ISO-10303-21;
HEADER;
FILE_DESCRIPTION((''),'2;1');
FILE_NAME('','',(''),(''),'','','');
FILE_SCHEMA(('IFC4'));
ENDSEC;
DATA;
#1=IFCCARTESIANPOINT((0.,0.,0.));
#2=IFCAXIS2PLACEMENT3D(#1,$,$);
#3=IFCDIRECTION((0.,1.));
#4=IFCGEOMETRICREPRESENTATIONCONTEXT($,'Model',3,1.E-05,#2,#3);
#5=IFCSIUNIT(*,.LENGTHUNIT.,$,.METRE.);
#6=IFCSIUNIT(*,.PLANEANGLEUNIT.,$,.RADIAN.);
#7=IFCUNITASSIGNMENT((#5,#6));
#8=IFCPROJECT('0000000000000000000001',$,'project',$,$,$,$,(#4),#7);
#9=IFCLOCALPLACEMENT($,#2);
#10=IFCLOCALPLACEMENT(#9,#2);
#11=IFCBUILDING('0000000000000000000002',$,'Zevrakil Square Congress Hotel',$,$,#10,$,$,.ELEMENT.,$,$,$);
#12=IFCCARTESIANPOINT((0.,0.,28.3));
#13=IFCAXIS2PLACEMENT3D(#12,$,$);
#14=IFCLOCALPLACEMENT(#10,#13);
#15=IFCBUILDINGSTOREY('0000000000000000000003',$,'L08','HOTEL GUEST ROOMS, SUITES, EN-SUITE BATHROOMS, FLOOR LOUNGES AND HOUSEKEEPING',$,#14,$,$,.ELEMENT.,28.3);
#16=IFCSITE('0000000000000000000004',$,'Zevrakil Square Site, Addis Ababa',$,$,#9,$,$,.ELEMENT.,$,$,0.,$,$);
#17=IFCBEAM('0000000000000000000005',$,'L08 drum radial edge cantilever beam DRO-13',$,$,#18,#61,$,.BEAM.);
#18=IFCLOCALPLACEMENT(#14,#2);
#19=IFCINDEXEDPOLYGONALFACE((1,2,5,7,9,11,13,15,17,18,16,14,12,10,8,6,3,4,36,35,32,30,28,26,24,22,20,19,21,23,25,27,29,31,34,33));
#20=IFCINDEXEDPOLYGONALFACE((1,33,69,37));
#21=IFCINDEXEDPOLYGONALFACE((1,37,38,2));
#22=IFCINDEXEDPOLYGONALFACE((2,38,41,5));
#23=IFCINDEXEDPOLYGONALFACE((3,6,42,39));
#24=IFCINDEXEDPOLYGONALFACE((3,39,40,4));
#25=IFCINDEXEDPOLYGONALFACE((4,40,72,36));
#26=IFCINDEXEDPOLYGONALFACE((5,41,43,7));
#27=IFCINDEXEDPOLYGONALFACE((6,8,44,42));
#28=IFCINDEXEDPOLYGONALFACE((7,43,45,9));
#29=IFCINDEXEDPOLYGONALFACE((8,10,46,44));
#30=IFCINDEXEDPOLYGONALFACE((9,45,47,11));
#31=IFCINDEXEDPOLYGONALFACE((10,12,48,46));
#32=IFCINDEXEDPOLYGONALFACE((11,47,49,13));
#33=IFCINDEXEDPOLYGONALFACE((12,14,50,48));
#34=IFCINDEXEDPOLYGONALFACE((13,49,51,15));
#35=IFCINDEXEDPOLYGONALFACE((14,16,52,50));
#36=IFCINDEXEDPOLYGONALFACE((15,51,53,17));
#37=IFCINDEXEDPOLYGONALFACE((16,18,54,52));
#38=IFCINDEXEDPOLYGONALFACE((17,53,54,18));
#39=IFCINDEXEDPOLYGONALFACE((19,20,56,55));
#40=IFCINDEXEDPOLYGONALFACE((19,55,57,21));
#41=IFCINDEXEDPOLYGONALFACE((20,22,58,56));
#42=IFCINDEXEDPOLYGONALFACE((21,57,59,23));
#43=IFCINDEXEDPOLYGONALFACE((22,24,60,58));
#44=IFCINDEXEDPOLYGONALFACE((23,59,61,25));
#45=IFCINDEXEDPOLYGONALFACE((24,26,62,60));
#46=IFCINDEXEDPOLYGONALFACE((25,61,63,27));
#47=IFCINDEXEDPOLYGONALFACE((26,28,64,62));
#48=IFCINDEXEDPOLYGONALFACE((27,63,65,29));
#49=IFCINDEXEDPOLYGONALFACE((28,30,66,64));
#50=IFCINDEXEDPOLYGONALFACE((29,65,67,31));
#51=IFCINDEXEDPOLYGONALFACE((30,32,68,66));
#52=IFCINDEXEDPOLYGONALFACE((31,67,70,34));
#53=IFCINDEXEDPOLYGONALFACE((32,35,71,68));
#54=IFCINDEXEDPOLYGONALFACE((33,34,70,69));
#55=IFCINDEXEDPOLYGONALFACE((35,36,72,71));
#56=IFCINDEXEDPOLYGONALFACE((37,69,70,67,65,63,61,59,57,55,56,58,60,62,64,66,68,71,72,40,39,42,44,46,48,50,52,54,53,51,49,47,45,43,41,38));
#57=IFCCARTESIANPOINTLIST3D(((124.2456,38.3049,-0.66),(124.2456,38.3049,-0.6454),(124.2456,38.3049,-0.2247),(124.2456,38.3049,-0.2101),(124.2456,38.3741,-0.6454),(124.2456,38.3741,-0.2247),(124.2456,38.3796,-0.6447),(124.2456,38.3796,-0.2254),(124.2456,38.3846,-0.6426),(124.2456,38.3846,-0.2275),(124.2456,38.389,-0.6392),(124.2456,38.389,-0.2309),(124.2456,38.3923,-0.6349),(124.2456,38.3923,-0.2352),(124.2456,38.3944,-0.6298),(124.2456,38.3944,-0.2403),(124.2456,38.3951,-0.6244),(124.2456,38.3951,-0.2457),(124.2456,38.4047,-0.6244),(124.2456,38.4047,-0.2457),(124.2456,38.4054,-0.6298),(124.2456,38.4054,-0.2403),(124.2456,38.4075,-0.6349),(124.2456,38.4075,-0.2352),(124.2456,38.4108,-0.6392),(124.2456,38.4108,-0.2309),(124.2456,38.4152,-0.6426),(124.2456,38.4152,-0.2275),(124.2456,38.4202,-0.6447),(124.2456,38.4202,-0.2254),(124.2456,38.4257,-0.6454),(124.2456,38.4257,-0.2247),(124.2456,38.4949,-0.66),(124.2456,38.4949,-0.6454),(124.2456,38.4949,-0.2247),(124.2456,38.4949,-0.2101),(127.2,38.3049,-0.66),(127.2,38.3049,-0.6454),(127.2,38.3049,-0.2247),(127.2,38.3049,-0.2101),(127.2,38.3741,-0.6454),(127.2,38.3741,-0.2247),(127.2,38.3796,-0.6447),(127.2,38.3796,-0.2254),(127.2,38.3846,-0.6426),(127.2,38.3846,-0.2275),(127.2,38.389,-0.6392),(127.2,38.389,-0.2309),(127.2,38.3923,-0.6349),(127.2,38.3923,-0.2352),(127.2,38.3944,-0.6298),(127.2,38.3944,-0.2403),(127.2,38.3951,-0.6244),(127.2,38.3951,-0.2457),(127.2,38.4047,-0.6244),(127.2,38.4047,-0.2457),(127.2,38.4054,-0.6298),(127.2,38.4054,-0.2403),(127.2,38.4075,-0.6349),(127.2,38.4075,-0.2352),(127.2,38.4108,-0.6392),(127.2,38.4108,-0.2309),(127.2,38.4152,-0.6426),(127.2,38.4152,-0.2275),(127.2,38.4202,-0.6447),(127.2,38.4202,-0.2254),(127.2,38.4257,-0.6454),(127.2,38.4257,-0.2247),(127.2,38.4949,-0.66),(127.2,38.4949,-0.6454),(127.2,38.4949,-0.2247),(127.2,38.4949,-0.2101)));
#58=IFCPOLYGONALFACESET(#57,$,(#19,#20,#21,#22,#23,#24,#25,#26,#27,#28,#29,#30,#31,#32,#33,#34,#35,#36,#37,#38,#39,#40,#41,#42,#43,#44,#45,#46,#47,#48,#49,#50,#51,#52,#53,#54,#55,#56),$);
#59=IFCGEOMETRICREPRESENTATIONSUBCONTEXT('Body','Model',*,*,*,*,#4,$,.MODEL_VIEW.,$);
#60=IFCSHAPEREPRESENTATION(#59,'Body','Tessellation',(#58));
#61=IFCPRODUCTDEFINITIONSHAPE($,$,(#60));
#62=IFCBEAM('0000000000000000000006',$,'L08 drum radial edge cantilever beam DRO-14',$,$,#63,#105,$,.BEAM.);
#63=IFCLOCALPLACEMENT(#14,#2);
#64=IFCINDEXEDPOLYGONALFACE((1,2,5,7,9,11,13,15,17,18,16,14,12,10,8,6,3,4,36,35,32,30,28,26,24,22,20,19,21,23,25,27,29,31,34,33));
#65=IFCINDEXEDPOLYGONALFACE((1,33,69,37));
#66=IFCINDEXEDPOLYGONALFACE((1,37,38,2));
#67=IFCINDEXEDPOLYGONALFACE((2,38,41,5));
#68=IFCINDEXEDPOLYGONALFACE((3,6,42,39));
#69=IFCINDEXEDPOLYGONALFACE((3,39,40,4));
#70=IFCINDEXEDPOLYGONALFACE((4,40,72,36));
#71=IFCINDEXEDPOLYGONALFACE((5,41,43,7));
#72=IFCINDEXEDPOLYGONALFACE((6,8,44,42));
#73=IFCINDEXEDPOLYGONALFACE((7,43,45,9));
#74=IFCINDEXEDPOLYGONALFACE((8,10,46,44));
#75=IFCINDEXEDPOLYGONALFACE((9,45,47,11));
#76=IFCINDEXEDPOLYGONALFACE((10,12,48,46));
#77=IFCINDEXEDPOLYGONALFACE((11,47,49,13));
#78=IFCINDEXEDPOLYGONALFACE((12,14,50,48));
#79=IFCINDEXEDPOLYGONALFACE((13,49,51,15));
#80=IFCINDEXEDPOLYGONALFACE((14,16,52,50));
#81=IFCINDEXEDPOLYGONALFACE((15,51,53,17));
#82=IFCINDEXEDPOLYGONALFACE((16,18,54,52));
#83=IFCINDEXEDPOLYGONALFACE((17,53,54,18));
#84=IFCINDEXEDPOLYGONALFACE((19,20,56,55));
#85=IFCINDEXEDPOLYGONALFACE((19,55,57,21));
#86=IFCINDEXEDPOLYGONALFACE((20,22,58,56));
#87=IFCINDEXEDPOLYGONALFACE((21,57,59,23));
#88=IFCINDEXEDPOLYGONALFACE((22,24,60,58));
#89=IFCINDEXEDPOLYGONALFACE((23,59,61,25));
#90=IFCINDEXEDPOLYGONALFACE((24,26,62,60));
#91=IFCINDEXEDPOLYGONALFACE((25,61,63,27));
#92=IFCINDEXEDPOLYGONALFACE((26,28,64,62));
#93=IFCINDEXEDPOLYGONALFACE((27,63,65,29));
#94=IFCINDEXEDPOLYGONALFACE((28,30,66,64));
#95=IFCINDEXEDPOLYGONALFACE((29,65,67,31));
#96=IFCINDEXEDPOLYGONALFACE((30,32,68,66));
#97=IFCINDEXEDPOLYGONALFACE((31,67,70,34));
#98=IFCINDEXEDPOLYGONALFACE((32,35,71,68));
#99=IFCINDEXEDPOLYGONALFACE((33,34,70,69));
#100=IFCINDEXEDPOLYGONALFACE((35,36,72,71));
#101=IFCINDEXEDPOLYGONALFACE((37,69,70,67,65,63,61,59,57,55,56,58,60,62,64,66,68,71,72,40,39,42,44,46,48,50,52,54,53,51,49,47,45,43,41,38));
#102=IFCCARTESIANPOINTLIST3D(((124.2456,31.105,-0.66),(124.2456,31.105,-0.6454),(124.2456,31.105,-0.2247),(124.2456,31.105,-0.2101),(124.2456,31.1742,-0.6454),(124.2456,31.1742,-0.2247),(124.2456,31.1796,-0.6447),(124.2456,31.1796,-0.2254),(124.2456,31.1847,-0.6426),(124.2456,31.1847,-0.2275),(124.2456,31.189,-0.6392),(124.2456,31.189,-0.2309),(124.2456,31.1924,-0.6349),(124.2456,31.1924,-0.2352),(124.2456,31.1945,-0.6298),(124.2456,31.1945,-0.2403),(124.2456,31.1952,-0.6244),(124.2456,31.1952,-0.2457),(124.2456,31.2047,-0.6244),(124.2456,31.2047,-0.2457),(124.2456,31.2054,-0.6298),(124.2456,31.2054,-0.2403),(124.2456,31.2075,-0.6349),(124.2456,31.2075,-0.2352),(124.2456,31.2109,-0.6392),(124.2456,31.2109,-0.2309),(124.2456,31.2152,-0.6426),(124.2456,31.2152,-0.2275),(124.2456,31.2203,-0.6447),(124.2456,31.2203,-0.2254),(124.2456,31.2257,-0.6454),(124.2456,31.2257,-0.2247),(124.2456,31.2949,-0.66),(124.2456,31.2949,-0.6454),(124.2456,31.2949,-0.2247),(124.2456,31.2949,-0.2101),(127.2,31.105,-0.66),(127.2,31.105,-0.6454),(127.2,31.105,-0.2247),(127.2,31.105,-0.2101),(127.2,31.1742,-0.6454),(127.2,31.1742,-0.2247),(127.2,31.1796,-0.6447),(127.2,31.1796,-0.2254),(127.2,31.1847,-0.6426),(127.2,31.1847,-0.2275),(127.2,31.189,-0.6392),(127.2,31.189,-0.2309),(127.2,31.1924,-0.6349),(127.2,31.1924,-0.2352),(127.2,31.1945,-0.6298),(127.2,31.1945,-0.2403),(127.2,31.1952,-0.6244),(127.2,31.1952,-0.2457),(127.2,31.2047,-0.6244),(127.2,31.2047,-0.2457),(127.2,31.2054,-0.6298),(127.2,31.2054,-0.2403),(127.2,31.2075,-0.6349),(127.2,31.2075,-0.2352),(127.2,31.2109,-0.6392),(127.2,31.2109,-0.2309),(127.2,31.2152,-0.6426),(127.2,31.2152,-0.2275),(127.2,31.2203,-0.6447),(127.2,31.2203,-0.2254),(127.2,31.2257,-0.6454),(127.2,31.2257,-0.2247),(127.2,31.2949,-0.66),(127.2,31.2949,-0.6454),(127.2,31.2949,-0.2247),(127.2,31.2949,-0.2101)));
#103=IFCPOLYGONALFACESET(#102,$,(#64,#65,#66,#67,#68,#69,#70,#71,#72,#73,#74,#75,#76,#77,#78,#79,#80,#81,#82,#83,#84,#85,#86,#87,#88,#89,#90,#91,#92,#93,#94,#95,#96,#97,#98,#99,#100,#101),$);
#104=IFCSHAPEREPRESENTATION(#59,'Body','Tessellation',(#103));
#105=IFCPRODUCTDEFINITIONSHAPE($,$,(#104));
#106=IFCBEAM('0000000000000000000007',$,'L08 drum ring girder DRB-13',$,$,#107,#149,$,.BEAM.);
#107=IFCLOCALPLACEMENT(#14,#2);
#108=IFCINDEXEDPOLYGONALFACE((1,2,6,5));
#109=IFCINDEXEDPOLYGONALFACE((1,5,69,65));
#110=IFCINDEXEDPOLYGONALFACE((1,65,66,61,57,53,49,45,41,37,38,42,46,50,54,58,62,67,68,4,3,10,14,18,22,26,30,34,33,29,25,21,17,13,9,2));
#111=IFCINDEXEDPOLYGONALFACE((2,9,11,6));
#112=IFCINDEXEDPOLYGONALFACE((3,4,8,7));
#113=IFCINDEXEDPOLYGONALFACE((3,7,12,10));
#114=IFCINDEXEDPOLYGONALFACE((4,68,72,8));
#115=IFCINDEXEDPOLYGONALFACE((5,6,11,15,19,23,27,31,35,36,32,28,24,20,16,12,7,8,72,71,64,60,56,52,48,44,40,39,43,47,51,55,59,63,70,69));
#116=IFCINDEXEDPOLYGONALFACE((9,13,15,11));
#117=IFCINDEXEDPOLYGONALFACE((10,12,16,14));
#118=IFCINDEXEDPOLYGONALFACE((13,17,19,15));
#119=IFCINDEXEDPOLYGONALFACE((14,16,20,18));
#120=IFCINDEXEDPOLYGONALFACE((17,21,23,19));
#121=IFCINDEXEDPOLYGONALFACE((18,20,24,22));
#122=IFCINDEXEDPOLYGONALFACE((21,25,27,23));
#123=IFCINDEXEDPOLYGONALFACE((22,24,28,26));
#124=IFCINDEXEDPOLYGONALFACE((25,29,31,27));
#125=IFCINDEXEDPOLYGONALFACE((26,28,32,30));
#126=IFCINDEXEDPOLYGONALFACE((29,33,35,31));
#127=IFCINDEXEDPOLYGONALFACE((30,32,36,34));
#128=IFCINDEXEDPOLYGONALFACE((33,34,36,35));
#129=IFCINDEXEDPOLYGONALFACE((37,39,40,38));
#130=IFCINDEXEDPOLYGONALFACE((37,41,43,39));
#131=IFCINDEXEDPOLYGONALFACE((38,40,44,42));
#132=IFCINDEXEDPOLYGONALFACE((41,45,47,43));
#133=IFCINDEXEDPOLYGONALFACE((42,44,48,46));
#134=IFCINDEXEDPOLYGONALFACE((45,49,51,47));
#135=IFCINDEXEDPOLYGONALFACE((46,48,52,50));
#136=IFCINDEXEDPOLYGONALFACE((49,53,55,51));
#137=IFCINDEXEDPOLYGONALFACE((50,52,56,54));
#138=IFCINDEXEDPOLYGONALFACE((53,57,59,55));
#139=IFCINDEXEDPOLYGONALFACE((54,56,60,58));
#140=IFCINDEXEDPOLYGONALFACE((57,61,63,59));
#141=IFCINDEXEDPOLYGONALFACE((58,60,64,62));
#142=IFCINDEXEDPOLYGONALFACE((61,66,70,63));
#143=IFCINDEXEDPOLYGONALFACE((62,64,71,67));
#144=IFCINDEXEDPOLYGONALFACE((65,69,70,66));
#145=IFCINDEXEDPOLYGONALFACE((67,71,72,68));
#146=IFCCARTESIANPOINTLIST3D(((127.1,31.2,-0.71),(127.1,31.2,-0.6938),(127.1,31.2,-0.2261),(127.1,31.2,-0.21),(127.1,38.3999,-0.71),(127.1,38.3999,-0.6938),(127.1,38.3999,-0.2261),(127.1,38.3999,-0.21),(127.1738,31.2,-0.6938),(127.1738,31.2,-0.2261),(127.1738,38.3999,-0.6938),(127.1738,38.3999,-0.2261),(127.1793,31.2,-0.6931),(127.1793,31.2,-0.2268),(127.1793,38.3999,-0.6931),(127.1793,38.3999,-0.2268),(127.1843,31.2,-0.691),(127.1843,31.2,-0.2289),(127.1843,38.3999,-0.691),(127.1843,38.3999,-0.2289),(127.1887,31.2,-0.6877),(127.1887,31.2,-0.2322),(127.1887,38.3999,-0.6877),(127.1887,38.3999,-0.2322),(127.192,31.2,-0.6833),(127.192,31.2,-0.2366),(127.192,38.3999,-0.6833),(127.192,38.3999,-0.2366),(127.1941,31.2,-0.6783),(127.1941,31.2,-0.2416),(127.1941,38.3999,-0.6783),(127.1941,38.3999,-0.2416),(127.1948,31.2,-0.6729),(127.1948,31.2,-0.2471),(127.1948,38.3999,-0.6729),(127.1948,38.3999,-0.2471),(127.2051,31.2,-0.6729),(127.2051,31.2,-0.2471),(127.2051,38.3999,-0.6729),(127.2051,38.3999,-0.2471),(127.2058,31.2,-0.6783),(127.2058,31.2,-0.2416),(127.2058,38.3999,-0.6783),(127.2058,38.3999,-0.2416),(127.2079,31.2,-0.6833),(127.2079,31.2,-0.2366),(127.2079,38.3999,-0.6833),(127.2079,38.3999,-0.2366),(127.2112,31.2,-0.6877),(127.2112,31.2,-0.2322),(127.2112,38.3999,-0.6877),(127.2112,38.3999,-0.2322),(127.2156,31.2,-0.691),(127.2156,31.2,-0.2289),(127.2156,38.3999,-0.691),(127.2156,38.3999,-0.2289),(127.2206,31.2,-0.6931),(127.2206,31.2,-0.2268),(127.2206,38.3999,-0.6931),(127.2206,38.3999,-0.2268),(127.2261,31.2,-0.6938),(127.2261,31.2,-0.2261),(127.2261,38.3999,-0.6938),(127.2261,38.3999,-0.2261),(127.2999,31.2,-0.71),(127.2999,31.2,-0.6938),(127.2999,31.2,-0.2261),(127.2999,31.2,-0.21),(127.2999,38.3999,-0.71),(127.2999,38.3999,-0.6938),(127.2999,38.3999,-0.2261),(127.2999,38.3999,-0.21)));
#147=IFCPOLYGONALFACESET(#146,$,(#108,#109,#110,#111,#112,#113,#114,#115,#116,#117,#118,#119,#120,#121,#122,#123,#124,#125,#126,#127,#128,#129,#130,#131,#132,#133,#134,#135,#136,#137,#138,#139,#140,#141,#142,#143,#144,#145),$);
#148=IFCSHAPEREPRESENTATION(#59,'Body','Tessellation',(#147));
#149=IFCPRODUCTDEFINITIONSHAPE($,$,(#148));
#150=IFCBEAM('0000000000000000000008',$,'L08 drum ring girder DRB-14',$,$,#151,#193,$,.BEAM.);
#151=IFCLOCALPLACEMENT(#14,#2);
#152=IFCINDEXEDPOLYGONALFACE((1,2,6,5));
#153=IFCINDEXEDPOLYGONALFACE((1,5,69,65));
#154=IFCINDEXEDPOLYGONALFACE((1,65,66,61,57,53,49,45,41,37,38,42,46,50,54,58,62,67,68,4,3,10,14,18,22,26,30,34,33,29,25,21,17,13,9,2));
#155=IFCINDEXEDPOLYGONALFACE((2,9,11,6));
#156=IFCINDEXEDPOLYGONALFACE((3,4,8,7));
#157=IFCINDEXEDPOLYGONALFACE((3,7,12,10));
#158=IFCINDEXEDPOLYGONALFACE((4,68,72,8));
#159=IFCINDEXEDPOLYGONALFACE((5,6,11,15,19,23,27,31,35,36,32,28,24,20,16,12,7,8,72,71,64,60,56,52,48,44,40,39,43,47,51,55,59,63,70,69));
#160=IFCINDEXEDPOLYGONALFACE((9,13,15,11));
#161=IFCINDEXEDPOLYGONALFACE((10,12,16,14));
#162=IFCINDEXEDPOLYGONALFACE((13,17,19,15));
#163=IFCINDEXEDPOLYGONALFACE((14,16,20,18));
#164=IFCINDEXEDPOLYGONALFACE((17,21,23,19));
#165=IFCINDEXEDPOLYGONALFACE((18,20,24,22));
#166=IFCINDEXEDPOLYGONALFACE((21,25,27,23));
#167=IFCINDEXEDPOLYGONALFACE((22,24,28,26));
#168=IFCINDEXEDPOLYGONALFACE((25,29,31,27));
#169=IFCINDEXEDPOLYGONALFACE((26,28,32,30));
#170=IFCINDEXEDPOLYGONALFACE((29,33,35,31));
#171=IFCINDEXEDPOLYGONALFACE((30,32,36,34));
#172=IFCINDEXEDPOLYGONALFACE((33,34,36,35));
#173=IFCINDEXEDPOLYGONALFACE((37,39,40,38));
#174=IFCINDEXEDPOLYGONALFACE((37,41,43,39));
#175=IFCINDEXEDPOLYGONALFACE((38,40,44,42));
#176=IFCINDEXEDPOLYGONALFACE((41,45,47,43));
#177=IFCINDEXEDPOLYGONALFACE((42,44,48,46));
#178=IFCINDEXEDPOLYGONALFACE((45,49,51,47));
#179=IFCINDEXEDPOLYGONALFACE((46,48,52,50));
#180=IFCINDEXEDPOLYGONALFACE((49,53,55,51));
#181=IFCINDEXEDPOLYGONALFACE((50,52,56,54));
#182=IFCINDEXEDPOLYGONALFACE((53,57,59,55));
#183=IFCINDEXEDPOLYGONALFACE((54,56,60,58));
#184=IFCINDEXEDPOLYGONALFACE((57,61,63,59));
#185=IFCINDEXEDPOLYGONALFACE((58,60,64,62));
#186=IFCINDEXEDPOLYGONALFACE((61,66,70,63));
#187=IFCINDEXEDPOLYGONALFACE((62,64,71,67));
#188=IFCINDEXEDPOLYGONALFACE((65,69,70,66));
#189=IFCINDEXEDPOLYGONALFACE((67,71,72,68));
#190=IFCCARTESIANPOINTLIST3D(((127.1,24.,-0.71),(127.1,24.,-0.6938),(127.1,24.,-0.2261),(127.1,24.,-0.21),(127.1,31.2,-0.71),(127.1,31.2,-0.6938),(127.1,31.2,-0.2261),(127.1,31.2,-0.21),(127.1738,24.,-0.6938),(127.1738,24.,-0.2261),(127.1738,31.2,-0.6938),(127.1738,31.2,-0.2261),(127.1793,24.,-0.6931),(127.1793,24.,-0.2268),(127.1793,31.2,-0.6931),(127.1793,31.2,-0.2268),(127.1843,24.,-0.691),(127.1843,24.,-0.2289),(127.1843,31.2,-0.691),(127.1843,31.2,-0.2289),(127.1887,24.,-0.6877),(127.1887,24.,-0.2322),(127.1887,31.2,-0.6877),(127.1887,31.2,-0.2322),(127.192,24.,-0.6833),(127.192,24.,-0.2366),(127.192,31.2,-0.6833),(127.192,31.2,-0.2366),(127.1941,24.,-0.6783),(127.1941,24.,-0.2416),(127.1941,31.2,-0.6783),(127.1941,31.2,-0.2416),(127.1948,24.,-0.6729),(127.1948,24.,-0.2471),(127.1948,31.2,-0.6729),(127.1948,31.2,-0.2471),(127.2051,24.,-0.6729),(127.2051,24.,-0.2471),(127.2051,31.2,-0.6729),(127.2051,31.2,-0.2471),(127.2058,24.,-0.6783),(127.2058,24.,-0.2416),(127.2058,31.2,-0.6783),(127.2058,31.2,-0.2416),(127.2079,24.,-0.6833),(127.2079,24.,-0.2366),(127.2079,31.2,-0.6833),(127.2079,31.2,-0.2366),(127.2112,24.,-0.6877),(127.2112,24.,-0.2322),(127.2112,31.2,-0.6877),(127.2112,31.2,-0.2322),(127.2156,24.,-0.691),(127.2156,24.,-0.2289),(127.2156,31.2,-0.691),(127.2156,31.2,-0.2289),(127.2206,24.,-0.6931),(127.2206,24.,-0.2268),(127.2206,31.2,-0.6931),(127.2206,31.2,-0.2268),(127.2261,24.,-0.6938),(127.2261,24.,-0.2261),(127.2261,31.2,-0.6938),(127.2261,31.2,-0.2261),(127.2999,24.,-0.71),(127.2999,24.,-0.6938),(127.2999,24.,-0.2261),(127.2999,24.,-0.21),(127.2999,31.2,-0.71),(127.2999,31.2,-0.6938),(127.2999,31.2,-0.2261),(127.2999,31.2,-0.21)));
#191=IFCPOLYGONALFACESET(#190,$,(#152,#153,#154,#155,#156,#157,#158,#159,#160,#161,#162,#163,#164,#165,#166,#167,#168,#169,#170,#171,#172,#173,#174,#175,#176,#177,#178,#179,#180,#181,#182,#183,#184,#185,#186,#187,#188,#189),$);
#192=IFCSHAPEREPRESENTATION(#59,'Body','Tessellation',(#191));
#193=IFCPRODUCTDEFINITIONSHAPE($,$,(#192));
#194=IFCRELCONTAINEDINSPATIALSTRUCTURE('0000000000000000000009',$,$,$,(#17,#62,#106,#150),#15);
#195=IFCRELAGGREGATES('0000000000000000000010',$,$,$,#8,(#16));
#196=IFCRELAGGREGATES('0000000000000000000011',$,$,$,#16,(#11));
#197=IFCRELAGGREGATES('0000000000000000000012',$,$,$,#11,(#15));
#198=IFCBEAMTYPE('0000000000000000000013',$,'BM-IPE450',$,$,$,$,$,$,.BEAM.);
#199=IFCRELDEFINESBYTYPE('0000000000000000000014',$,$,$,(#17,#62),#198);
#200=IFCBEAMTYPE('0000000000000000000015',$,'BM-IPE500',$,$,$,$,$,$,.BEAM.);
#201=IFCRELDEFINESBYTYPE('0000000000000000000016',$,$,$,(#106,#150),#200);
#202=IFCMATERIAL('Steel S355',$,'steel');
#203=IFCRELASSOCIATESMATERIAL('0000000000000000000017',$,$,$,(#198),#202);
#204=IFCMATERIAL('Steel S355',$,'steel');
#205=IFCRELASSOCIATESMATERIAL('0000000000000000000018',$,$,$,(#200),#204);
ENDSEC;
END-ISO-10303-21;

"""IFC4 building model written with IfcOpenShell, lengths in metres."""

from ifc_helpers import new_model, si_unit, direction, frame, origin, origin_2d, place, context, subcontext, project, spatial, i_section, extrude, material, material_profile, profile_set, type_object, element, save


model = new_model("IFC4")

# Units and contexts
model_context = context("Model", 3, precision=1e-05, world=origin(), true_north=direction((0.0, 1.0)))
body_context = subcontext(model_context, "Body", "Model", "MODEL_VIEW")
ifc_project = project(units=[si_unit("LENGTHUNIT", "METRE"), si_unit("PLANEANGLEUNIT", "RADIAN")], contexts=[model_context])

# Site, building, storey
site_placement = place(None, origin())
site = spatial("IfcSite", under=ifc_project, at=site_placement, Name="Zevrakil Square Site, Addis Ababa", CompositionType="ELEMENT", RefElevation=0.0)
building_placement = place(site_placement, origin())
building = spatial("IfcBuilding", under=site, at=building_placement, Name="Zevrakil Square Congress Hotel", CompositionType="ELEMENT")
storey_placement = place(building_placement, frame((0.0, 0.0, 28.3)))
storey = spatial("IfcBuildingStorey", under=building, at=storey_placement, Name="L08", Description="HOTEL GUEST ROOMS, SUITES, EN-SUITE BATHROOMS, FLOOR LOUNGES AND HOUSEKEEPING", CompositionType="ELEMENT", Elevation=28.3)

# Beams
ifc_material_1 = material(Name="Steel S355", Category="steel")
ifc_material_profile_1 = material_profile(ifc_material_1, i_section(OverallWidth=0.1899, OverallDepth=0.45, WebThickness=0.0095, FlangeThickness=0.0146, FilletRadius=0.021, at=origin_2d()), Name="IPE 450")
ifc_profile_set_1 = profile_set([ifc_material_profile_1], Name="Steel S355")
beam_type_1 = type_object("IfcBeamType", Name="BM-IPE450", PredefinedType="BEAM", material=ifc_profile_set_1)
for number, where, z_axis, x_axis, name in (
    (1, (127.2, 38.3999, -0.4351), (-1.0, 0.0, 0.0), (0.0, -1.0, 0.0), "L08 drum radial edge cantilever beam DRO-13"),
    (2, (127.2, 31.2, -0.4351), (-1.0, 0.0, 0.0), (0.0, -1.0, 0.0), "L08 drum radial edge cantilever beam DRO-14"),
):
    element("IfcBeam", number, at=place(storey_placement, frame(where, z_axis=z_axis, x_axis=x_axis)), inside=storey, type_object=beam_type_1, Name=name, PredefinedType="BEAM", context=body_context, shape_type="SweptSolid", body=[
        extrude(i_section(OverallWidth=0.1899, OverallDepth=0.45, WebThickness=0.0095, FlangeThickness=0.0146, FilletRadius=0.021, at=origin_2d()), origin(), (0.0, 0.0, 1.0), 2.9543),
    ])
ifc_material_2 = material(Name="Steel S355", Category="steel")
ifc_material_profile_2 = material_profile(ifc_material_2, i_section(OverallWidth=0.2, OverallDepth=0.5, WebThickness=0.0103, FlangeThickness=0.0161, FilletRadius=0.021, at=origin_2d()), Name="IPE 500")
ifc_profile_set_2 = profile_set([ifc_material_profile_2], Name="Steel S355")
beam_type_2 = type_object("IfcBeamType", Name="BM-IPE500", PredefinedType="BEAM", material=ifc_profile_set_2)
for number, where, z_axis, x_axis, name in (
    (3, (127.2, 38.3999, -0.46), (0.0, -1.0, 0.0), (1.0, 0.0, 0.0), "L08 drum ring girder DRB-13"),
    (4, (127.2, 31.2, -0.46), (0.0, -1.0, 0.0), (1.0, 0.0, 0.0), "L08 drum ring girder DRB-14"),
):
    element("IfcBeam", number, at=place(storey_placement, frame(where, z_axis=z_axis, x_axis=x_axis)), inside=storey, type_object=beam_type_2, Name=name, PredefinedType="BEAM", context=body_context, shape_type="SweptSolid", body=[
        extrude(i_section(OverallWidth=0.2, OverallDepth=0.5, WebThickness=0.0103, FlangeThickness=0.0161, FilletRadius=0.021, at=origin_2d()), origin(), (0.0, 0.0, 1.0), 7.2),
    ])

save(model, "model.ifc")
